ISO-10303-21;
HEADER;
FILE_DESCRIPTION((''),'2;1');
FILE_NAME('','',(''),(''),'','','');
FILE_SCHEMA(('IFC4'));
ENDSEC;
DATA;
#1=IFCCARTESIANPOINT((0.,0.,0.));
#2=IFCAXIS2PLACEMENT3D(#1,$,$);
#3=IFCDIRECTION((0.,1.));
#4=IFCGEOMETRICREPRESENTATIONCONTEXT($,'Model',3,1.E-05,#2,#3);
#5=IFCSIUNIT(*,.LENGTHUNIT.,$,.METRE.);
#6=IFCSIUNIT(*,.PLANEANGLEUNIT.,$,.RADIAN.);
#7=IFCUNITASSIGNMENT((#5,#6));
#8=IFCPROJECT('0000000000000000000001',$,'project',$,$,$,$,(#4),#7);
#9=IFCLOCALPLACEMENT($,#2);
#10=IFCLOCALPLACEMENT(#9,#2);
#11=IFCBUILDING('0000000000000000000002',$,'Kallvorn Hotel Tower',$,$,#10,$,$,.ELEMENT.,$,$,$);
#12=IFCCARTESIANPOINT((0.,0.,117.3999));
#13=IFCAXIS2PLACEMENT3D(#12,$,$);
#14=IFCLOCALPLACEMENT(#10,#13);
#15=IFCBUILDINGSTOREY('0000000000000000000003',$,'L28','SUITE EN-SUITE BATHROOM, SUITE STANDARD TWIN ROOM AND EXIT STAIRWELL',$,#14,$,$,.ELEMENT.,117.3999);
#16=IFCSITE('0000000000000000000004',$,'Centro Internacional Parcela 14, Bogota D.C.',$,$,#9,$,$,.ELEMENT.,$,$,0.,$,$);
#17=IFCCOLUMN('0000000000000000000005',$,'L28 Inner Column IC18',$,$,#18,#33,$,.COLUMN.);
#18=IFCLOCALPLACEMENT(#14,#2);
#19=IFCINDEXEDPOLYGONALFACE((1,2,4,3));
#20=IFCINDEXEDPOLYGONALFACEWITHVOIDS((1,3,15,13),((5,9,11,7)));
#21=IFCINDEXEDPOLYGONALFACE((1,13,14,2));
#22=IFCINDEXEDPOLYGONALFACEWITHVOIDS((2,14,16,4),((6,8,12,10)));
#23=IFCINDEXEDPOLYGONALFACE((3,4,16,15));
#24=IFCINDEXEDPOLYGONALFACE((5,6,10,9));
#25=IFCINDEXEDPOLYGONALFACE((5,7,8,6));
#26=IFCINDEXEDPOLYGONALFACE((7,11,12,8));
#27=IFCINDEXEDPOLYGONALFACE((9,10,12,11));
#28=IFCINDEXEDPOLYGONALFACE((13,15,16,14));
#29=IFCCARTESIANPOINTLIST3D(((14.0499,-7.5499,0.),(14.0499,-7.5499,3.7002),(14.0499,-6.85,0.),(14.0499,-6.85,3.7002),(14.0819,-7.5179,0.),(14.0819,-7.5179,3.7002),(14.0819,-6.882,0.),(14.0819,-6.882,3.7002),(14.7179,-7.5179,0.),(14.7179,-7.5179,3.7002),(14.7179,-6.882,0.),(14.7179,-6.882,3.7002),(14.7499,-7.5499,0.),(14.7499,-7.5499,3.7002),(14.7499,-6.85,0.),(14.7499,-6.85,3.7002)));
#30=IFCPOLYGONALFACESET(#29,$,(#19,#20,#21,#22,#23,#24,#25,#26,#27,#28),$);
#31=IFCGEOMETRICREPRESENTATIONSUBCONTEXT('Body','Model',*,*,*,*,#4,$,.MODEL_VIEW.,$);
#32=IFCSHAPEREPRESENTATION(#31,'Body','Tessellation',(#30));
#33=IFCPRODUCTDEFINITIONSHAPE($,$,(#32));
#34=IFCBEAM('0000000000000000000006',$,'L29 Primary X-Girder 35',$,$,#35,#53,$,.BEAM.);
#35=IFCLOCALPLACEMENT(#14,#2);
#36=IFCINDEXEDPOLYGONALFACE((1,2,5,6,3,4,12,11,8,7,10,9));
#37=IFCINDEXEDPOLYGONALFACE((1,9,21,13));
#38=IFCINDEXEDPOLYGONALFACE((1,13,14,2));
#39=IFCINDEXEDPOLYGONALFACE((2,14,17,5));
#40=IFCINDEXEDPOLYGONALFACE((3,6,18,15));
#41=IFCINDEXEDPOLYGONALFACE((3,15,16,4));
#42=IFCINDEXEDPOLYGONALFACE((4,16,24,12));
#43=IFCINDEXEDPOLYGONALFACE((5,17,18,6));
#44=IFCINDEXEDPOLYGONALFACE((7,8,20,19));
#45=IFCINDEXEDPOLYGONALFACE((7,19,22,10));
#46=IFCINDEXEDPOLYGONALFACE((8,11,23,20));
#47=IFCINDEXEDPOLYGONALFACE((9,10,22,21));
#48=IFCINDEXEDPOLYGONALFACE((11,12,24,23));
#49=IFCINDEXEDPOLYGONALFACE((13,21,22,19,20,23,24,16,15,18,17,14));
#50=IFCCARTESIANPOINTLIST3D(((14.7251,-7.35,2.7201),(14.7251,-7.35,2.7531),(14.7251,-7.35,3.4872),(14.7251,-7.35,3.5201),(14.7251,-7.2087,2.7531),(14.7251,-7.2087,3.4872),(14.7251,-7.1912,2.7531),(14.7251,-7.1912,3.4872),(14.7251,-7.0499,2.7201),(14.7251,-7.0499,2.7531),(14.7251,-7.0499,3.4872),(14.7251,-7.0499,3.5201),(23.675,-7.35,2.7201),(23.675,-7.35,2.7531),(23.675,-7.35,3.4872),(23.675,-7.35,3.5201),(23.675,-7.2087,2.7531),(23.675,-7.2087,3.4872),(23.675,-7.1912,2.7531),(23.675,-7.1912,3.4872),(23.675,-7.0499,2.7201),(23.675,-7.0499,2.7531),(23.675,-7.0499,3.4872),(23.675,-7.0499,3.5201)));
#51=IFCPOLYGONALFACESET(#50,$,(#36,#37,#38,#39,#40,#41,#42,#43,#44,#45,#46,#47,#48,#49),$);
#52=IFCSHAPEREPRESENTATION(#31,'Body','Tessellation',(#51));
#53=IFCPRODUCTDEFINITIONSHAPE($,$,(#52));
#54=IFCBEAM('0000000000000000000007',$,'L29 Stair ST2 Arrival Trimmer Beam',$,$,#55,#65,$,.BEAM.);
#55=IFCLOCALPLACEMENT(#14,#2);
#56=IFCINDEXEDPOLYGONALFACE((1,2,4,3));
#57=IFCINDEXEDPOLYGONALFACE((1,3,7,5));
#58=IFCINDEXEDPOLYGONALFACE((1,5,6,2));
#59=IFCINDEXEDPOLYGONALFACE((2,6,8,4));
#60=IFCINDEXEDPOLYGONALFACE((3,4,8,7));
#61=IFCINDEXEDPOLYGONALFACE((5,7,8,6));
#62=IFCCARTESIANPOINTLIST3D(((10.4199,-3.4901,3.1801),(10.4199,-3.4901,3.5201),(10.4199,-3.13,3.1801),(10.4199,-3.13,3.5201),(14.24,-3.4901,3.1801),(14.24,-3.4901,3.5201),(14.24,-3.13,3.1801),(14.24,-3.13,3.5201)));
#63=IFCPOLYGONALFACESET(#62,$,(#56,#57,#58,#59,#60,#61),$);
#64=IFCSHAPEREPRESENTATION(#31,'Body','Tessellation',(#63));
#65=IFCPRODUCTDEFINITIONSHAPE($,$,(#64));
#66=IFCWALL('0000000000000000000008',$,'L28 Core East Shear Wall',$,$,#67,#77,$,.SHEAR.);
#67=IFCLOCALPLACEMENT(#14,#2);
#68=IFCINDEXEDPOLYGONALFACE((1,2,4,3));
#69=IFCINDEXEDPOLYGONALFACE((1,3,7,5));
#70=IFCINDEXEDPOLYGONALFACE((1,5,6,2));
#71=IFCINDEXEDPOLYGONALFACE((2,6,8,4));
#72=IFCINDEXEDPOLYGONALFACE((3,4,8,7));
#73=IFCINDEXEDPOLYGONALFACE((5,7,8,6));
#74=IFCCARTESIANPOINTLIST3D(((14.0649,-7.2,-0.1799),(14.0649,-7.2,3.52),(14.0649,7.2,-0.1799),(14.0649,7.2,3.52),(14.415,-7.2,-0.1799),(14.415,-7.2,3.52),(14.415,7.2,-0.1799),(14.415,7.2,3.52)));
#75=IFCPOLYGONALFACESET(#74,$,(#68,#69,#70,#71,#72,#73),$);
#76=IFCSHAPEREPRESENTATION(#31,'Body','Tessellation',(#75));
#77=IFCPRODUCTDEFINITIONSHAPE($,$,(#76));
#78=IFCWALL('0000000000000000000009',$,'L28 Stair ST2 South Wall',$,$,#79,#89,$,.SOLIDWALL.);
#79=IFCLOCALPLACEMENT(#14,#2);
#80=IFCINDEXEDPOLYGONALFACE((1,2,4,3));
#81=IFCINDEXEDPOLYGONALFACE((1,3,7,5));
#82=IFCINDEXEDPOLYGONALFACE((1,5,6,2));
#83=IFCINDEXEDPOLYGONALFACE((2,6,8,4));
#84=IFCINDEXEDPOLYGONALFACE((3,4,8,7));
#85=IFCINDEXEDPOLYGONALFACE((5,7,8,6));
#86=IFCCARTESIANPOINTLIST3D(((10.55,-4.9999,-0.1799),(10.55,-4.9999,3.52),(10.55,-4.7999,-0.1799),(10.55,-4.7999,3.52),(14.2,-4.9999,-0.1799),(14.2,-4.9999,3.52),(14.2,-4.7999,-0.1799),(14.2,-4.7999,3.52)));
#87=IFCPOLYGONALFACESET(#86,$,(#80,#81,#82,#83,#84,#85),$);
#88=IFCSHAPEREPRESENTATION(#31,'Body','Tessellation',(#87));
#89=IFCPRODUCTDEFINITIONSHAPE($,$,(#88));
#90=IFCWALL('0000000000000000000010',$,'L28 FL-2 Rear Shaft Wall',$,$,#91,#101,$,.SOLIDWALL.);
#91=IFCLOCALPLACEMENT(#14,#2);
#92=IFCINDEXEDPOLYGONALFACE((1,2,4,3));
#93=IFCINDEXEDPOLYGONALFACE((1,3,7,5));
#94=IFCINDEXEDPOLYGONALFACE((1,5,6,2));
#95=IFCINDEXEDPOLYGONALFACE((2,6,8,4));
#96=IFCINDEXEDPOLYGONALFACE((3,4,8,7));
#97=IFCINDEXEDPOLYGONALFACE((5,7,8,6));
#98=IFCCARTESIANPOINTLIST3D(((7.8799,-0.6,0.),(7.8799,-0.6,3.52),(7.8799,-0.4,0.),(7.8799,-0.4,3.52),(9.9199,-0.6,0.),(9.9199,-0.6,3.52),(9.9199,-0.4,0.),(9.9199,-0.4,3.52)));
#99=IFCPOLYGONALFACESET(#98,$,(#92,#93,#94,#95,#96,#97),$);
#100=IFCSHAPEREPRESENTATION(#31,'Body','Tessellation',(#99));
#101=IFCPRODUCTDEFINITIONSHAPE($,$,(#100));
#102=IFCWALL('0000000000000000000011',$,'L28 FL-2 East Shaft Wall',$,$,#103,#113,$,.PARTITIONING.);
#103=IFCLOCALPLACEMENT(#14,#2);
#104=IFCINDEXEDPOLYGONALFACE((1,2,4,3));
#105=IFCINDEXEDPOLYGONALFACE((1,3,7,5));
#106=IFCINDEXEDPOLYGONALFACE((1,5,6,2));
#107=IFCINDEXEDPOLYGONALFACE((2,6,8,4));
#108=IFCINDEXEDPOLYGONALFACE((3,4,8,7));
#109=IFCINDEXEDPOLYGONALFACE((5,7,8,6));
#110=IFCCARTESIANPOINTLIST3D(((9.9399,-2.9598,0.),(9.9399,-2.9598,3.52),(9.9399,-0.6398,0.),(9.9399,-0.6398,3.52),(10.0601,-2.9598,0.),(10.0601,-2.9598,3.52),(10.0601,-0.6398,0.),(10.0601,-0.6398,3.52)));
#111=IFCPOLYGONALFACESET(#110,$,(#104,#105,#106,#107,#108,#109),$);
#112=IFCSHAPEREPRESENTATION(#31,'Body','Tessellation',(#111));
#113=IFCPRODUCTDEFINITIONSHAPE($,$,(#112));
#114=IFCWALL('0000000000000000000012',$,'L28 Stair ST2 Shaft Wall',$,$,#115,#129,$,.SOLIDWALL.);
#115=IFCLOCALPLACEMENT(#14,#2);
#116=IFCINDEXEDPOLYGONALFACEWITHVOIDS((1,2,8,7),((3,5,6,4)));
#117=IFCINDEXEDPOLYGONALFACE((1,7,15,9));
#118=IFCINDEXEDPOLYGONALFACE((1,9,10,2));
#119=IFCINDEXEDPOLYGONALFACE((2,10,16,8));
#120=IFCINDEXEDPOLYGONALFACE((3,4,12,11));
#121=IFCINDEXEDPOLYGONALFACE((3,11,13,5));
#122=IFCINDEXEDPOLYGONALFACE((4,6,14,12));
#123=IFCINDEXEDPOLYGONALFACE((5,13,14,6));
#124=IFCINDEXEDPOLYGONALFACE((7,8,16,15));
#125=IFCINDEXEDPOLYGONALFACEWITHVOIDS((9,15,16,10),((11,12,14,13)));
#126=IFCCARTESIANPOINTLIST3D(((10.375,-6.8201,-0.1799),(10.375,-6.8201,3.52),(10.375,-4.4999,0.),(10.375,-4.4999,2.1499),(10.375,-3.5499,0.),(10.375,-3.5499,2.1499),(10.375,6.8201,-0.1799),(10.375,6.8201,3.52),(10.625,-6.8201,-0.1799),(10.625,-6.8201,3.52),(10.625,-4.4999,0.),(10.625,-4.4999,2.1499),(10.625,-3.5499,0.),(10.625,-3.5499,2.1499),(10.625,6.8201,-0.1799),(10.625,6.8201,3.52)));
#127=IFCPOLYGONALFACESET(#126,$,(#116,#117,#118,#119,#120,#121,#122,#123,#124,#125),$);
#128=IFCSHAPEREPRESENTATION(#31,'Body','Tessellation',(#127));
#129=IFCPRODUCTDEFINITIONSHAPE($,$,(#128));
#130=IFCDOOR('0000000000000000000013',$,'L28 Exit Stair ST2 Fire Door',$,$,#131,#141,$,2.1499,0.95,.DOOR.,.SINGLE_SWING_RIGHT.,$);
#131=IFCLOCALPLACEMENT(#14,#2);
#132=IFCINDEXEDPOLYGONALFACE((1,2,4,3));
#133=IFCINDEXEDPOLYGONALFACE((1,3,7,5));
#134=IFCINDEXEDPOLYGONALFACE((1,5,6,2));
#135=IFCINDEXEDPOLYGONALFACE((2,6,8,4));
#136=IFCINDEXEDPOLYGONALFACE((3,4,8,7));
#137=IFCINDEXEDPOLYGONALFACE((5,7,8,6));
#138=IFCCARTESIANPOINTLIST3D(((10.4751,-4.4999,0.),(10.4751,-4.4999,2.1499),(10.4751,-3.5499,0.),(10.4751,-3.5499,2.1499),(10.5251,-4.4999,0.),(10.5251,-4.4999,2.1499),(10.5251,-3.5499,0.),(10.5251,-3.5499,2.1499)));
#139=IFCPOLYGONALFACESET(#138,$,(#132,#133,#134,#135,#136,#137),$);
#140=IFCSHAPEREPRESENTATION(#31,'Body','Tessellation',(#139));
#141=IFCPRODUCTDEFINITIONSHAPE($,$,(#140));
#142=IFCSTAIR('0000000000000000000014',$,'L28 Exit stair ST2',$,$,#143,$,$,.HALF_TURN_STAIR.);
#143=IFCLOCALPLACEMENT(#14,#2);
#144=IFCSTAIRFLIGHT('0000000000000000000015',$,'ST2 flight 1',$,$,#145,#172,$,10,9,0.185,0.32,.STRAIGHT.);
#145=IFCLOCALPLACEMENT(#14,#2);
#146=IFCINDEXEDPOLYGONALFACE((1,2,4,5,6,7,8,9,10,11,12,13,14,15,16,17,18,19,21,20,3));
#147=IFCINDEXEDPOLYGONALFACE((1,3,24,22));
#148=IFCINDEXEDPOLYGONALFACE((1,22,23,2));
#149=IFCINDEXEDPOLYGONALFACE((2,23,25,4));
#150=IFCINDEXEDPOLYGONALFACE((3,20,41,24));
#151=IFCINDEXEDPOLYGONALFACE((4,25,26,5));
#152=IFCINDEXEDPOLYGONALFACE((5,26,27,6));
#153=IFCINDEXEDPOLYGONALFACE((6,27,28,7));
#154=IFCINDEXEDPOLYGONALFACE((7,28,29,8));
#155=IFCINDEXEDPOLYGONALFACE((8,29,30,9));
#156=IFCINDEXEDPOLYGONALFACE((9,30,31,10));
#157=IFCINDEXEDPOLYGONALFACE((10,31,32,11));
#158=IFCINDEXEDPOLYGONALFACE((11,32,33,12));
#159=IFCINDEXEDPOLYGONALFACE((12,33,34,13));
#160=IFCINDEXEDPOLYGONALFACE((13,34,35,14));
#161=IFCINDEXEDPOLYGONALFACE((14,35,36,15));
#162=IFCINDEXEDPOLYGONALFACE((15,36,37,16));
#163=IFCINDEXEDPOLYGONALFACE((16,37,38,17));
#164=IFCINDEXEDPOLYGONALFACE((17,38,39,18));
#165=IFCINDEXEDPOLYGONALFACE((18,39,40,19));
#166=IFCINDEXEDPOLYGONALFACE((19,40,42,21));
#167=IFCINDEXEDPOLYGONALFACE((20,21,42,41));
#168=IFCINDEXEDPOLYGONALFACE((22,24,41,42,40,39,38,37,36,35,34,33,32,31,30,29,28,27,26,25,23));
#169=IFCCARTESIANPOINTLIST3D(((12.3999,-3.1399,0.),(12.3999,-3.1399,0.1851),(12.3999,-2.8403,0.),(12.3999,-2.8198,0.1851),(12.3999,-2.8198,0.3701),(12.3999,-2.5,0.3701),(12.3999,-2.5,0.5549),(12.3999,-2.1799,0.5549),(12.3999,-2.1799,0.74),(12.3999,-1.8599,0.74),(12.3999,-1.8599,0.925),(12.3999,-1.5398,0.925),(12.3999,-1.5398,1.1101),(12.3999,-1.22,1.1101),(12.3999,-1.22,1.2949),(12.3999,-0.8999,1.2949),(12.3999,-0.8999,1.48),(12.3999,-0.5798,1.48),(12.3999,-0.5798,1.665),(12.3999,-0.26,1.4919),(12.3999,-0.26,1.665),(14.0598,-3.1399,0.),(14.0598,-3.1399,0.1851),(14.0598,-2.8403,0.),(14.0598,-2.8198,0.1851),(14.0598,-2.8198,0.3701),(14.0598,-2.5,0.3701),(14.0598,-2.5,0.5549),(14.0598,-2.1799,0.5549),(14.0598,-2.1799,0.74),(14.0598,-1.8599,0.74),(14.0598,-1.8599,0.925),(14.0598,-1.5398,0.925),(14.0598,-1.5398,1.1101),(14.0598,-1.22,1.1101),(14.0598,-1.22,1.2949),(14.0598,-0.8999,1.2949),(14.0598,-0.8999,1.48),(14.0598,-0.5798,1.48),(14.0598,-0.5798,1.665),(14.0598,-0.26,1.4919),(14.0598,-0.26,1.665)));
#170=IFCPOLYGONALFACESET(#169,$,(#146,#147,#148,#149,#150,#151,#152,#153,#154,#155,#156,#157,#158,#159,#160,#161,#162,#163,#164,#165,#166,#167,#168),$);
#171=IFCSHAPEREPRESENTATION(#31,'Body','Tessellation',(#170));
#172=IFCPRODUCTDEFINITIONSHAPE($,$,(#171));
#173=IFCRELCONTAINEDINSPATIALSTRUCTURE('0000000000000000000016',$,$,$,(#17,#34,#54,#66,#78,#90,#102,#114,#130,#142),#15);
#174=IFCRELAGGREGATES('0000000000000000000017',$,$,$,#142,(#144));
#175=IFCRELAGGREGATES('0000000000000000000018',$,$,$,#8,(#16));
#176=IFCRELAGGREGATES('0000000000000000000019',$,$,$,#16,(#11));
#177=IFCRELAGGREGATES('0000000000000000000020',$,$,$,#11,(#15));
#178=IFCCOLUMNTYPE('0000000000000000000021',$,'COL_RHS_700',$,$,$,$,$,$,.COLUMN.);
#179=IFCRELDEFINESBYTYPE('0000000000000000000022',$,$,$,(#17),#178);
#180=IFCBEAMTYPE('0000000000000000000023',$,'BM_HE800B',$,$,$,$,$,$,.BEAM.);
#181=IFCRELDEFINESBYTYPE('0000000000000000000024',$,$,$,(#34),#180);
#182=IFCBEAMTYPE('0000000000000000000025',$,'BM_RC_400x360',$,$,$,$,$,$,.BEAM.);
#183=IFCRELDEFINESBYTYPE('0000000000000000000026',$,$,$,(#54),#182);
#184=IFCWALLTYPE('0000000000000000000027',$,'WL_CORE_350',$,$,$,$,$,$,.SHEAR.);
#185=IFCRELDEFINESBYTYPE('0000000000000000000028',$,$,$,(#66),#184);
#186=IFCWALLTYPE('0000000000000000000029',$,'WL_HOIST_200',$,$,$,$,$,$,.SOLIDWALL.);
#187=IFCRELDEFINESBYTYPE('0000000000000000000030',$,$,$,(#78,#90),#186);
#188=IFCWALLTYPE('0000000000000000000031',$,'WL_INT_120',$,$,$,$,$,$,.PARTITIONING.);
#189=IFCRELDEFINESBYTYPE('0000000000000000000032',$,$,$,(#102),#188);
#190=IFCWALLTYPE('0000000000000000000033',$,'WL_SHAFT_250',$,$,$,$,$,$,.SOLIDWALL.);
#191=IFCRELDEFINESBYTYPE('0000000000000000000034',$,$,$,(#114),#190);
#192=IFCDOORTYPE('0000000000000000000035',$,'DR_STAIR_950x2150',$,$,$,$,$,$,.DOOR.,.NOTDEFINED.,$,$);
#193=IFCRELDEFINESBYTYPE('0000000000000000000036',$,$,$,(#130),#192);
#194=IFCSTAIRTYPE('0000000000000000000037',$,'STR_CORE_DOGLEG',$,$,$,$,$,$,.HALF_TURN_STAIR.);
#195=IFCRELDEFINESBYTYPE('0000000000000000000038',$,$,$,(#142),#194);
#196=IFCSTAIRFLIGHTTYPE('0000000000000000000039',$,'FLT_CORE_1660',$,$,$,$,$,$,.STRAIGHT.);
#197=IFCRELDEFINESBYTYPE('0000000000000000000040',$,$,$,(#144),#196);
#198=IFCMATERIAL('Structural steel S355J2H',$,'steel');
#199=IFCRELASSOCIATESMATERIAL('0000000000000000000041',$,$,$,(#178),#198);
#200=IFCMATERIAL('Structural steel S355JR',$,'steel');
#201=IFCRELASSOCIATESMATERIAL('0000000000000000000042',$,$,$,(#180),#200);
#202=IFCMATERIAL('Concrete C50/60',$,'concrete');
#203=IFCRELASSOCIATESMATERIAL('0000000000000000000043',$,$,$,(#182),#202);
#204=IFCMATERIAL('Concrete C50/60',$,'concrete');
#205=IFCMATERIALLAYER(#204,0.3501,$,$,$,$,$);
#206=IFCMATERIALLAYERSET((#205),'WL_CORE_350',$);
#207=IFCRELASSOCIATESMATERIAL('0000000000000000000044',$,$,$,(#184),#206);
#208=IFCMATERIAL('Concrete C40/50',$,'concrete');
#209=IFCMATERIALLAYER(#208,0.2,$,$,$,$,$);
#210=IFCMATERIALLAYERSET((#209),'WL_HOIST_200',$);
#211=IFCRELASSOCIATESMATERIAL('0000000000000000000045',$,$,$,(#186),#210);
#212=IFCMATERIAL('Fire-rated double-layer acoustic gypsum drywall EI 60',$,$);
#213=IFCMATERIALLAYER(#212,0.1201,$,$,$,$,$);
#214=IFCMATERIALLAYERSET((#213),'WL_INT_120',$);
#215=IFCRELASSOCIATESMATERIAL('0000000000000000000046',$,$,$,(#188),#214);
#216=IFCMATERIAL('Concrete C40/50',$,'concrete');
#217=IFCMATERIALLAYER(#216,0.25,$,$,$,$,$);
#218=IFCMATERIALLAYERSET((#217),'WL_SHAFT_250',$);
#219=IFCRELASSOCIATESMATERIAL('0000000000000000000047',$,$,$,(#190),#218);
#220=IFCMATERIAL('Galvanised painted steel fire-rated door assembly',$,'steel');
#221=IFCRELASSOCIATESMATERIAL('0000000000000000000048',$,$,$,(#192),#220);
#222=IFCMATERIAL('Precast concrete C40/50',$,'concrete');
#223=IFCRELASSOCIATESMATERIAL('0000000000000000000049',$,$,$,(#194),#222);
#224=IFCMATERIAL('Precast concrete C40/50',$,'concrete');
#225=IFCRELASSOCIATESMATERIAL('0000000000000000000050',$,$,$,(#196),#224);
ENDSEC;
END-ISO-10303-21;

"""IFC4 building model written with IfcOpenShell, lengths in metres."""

from ifc_helpers import new_model, si_unit, direction, frame, frame_2d, origin, origin_2d, place, context, subcontext, project, spatial, polyline, rectangle, hollow_rectangle, i_section, outline, extrude, material, layer, layer_set, material_profile, profile_set, type_object, element, fill, aggregate, save


model = new_model("IFC4")

# Units and contexts
model_context = context("Model", 3, precision=1e-05, world=origin(), true_north=direction((0.0, 1.0)))
body_context = subcontext(model_context, "Body", "Model", "MODEL_VIEW")
ifc_project = project(units=[si_unit("LENGTHUNIT", "METRE"), si_unit("PLANEANGLEUNIT", "RADIAN")], contexts=[model_context])

# Site, building, storey
site_placement = place(None, origin())
site = spatial("IfcSite", under=ifc_project, at=site_placement, Name="Centro Internacional Parcela 14, Bogota D.C.", CompositionType="ELEMENT", RefElevation=0.0)
building_placement = place(site_placement, origin())
building = spatial("IfcBuilding", under=site, at=building_placement, Name="Kallvorn Hotel Tower", CompositionType="ELEMENT")
storey_placement = place(building_placement, frame((0.0, 0.0, 117.3999)))
storey = spatial("IfcBuildingStorey", under=building, at=storey_placement, Name="L28", Description="SUITE EN-SUITE BATHROOM, SUITE STANDARD TWIN ROOM AND EXIT STAIRWELL", CompositionType="ELEMENT", Elevation=117.3999)

# Column
ifc_material_1 = material(Name="Structural steel S355J2H", Category="steel")
ifc_material_profile_1 = material_profile(ifc_material_1, hollow_rectangle(XDim=0.7, YDim=0.7, WallThickness=0.032, at=origin_2d()), Name="RHS 700x700x32")
ifc_profile_set_1 = profile_set([ifc_material_profile_1], Name="Structural steel S355J2H")
column_type = type_object("IfcColumnType", Name="COL_RHS_700", PredefinedType="COLUMN", material=ifc_profile_set_1)
column_placement = place(storey_placement, frame((14.3999, -7.2, 0.0), z_axis=(0.0, 0.0, 1.0), x_axis=(1.0, 0.0, 0.0)))
element("IfcColumn", 1, at=column_placement, inside=storey, type_object=column_type, Name="L28 Inner Column IC18", PredefinedType="COLUMN", context=body_context, shape_type="SweptSolid", body=[
    extrude(hollow_rectangle(XDim=0.7, YDim=0.7, WallThickness=0.032, at=origin_2d()), origin(), (0.0, 0.0, 1.0), 3.7002),
])

# Beams
ifc_material_2 = material(Name="Structural steel S355JR", Category="steel")
ifc_material_profile_2 = material_profile(ifc_material_2, i_section(OverallWidth=0.3, OverallDepth=0.8, WebThickness=0.0176, FlangeThickness=0.033, at=origin_2d()), Name="HE 800 B")
ifc_profile_set_2 = profile_set([ifc_material_profile_2], Name="Structural steel S355JR")
beam_type_1 = type_object("IfcBeamType", Name="BM_HE800B", PredefinedType="BEAM", material=ifc_profile_set_2)
beam_1_placement = place(storey_placement, frame((14.7251, -7.2, 3.1201), z_axis=(1.0, 0.0, 0.0), x_axis=(0.0, 1.0, 0.0)))
element("IfcBeam", 2, at=beam_1_placement, inside=storey, type_object=beam_type_1, Name="L29 Primary X-Girder 35", PredefinedType="BEAM", context=body_context, shape_type="SweptSolid", body=[
    extrude(i_section(OverallWidth=0.3, OverallDepth=0.8, WebThickness=0.0176, FlangeThickness=0.033, at=origin_2d()), origin(), (0.0, 0.0, 1.0), 8.95),
])
ifc_material_3 = material(Name="Concrete C50/60", Category="concrete")
ifc_material_profile_3 = material_profile(ifc_material_3, rectangle(XDim=0.3601, YDim=0.3401, at=origin_2d()), Name="RC 360x340")
ifc_profile_set_3 = profile_set([ifc_material_profile_3], Name="Concrete C50/60")
beam_type_2 = type_object("IfcBeamType", Name="BM_RC_400x360", PredefinedType="BEAM", material=ifc_profile_set_3)
beam_2_placement = place(storey_placement, frame((14.24, -3.3101, 3.3501), z_axis=(-1.0, 0.0, 0.0), x_axis=(0.0, -1.0, 0.0)))
element("IfcBeam", 3, at=beam_2_placement, inside=storey, type_object=beam_type_2, Name="L29 Stair ST2 Arrival Trimmer Beam", PredefinedType="BEAM", context=body_context, shape_type="SweptSolid", body=[
    extrude(rectangle(XDim=0.3601, YDim=0.3401, at=origin_2d()), origin(), (0.0, 0.0, 1.0), 3.8201),
])

# Walls
ifc_material_4 = material(Name="Concrete C50/60", Category="concrete")
ifc_layer_1 = layer(ifc_material_4, 0.3501)
ifc_layer_set_1 = layer_set([ifc_layer_1], Name="WL_CORE_350")
wall_type_1 = type_object("IfcWallType", Name="WL_CORE_350", PredefinedType="SHEAR", material=ifc_layer_set_1)
wall_1_placement = place(storey_placement, frame((14.24, -7.2, -0.1799), z_axis=(0.0, 0.0, 1.0), x_axis=(0.0, 1.0, 0.0)))
element("IfcWall", 4, at=wall_1_placement, inside=storey, type_object=wall_type_1, Name="L28 Core East Shear Wall", PredefinedType="SHEAR", context=body_context, shape_type="SweptSolid", body=[
    extrude(rectangle(XDim=14.3999, YDim=0.3501, at=frame_2d((7.2, 0.0))), origin(), (0.0, 0.0, 1.0), 3.7),
])
ifc_material_5 = material(Name="Concrete C40/50", Category="concrete")
ifc_layer_2 = layer(ifc_material_5, 0.2)
ifc_layer_set_2 = layer_set([ifc_layer_2], Name="WL_HOIST_200")
wall_type_2 = type_object("IfcWallType", Name="WL_HOIST_200", PredefinedType="SOLIDWALL", material=ifc_layer_set_2)
wall_2_placement = place(storey_placement, frame((10.55, -4.8999, -0.1799), z_axis=(0.0, 0.0, 1.0), x_axis=(1.0, 0.0, 0.0)))
element("IfcWall", 5, at=wall_2_placement, inside=storey, type_object=wall_type_2, Name="L28 Stair ST2 South Wall", PredefinedType="SOLIDWALL", context=body_context, shape_type="SweptSolid", body=[
    extrude(rectangle(XDim=3.6499, YDim=0.2, at=frame_2d((1.825, 0.0))), origin(), (0.0, 0.0, 1.0), 3.7),
])
wall_3_placement = place(storey_placement, frame((7.8799, -0.5, 0.0), z_axis=(0.0, 0.0, 1.0), x_axis=(1.0, 0.0, 0.0)))
element("IfcWall", 6, at=wall_3_placement, inside=storey, type_object=wall_type_2, Name="L28 FL-2 Rear Shaft Wall", PredefinedType="SOLIDWALL", context=body_context, shape_type="SweptSolid", body=[
    extrude(rectangle(XDim=2.04, YDim=0.2, at=frame_2d((1.02, 0.0))), origin(), (0.0, 0.0, 1.0), 3.52),
])
ifc_material_6 = material(Name="Fire-rated double-layer acoustic gypsum drywall EI 60")
ifc_layer_3 = layer(ifc_material_6, 0.1201)
ifc_layer_set_3 = layer_set([ifc_layer_3], Name="WL_INT_120")
wall_type_3 = type_object("IfcWallType", Name="WL_INT_120", PredefinedType="PARTITIONING", material=ifc_layer_set_3)
wall_4_placement = place(storey_placement, frame((10.0, -2.96, 0.0), z_axis=(0.0, 0.0, 1.0), x_axis=(0.0, 1.0, 0.0)))
element("IfcWall", 7, at=wall_4_placement, inside=storey, type_object=wall_type_3, Name="L28 FL-2 East Shaft Wall", PredefinedType="PARTITIONING", context=body_context, shape_type="SweptSolid", body=[
    extrude(rectangle(XDim=2.3201, YDim=0.1201, at=frame_2d((1.1602, 0.0))), origin(), (0.0, 0.0, 1.0), 3.52),
])

# Wall, opening, door
ifc_material_7 = material(Name="Concrete C40/50", Category="concrete")
ifc_layer_4 = layer(ifc_material_7, 0.25)
ifc_layer_set_4 = layer_set([ifc_layer_4], Name="WL_SHAFT_250")
wall_type_4 = type_object("IfcWallType", Name="WL_SHAFT_250", PredefinedType="SOLIDWALL", material=ifc_layer_set_4)
wall_5_placement = place(storey_placement, frame((10.5, -6.8201, -0.1799), z_axis=(0.0, 0.0, 1.0), x_axis=(0.0, 1.0, 0.0)))
wall_5 = element("IfcWall", 8, at=wall_5_placement, inside=storey, type_object=wall_type_4, Name="L28 Stair ST2 Shaft Wall", PredefinedType="SOLIDWALL", context=body_context, shape_type="SweptSolid", body=[
    extrude(rectangle(XDim=13.6401, YDim=0.25, at=frame_2d((6.8201, 0.0))), origin(), (0.0, 0.0, 1.0), 3.7),
])
opening_placement = place(wall_5_placement, frame((2.3201, 0.0, 0.1799)))
opening = element("IfcOpeningElement", 9, at=opening_placement, cuts=wall_5, PredefinedType="OPENING", context=body_context, shape_type="SweptSolid", body=[
    extrude(rectangle(XDim=0.95, YDim=2.1499, at=frame_2d((0.4751, 1.075))), frame((0.0, 0.1399, 0.0), z_axis=(0.0, -1.0, 0.0), x_axis=(1.0, 0.0, 0.0)), (0.0, 0.0, 1.0), 0.28),
])
ifc_material_8 = material(Name="Galvanised painted steel fire-rated door assembly", Category="steel")
door_type = type_object("IfcDoorType", Name="DR_STAIR_950x2150", OperationType="NOTDEFINED", PredefinedType="DOOR", material=ifc_material_8)
door_placement = place(opening_placement, origin())
door = element("IfcDoor", 10, at=door_placement, inside=storey, type_object=door_type, Name="L28 Exit Stair ST2 Fire Door", OperationType="SINGLE_SWING_RIGHT", OverallHeight=2.1499, OverallWidth=0.95, PredefinedType="DOOR", context=body_context, shape_type="SweptSolid", body=[
    extrude(rectangle(XDim=0.95, YDim=2.1499, at=frame_2d((0.4751, 1.075))), frame((0.0, 0.0249, 0.0), z_axis=(0.0, -1.0, 0.0), x_axis=(1.0, 0.0, 0.0)), (0.0, 0.0, 1.0), 0.05),
])
fill(opening, door)

# Stair, stair flight
ifc_material_9 = material(Name="Precast concrete C40/50", Category="concrete")
stair_type = type_object("IfcStairType", Name="STR_CORE_DOGLEG", PredefinedType="HALF_TURN_STAIR", material=ifc_material_9)
stair_placement = place(storey_placement, origin())
stair = element("IfcStair", 11, at=stair_placement, inside=storey, type_object=stair_type, Name="L28 Exit stair ST2", PredefinedType="HALF_TURN_STAIR")
ifc_material_10 = material(Name="Precast concrete C40/50", Category="concrete")
stair_flight_type = type_object("IfcStairFlightType", Name="FLT_CORE_1660", PredefinedType="STRAIGHT", material=ifc_material_10)
stair_flight_1_placement = place(storey_placement, frame((13.23, -3.1399, 0.0), z_axis=(0.0, 0.0, 1.0), x_axis=(0.0, 1.0, 0.0)))
stair_flight_1 = element("IfcStairFlight", 12, at=stair_flight_1_placement, type_object=stair_flight_type, Name="ST2 flight 1", NumberOfRisers=10, NumberOfTreads=9, PredefinedType="STRAIGHT", RiserHeight=0.185, TreadLength=0.32, context=body_context, shape_type="SweptSolid", body=[
    extrude(outline(polyline([(0.0, 0.0), (0.0, 0.1851), (0.3201, 0.1851), (0.3201, 0.3701), (0.6399, 0.3701), (0.6399, 0.5549), (0.96, 0.5549), (0.96, 0.74), (1.28, 0.74), (1.28, 0.925), (1.6001, 0.925), (1.6001, 1.1101), (1.9199, 1.1101), (1.9199, 1.2949), (2.24, 1.2949), (2.24, 1.48), (2.5601, 1.48), (2.5601, 1.665), (2.8799, 1.665), (2.8799, 1.8501), (2.8799, 1.4919), (0.2996, 0.0), (0.0, 0.0)])), frame((0.0, 0.8301, 0.0), z_axis=(0.0, -1.0, 0.0), x_axis=(1.0, 0.0, 0.0)), (0.0, 0.0, 1.0), 1.6599),
])
aggregate(stair, [stair_flight_1])

save(model, "model.ifc")
